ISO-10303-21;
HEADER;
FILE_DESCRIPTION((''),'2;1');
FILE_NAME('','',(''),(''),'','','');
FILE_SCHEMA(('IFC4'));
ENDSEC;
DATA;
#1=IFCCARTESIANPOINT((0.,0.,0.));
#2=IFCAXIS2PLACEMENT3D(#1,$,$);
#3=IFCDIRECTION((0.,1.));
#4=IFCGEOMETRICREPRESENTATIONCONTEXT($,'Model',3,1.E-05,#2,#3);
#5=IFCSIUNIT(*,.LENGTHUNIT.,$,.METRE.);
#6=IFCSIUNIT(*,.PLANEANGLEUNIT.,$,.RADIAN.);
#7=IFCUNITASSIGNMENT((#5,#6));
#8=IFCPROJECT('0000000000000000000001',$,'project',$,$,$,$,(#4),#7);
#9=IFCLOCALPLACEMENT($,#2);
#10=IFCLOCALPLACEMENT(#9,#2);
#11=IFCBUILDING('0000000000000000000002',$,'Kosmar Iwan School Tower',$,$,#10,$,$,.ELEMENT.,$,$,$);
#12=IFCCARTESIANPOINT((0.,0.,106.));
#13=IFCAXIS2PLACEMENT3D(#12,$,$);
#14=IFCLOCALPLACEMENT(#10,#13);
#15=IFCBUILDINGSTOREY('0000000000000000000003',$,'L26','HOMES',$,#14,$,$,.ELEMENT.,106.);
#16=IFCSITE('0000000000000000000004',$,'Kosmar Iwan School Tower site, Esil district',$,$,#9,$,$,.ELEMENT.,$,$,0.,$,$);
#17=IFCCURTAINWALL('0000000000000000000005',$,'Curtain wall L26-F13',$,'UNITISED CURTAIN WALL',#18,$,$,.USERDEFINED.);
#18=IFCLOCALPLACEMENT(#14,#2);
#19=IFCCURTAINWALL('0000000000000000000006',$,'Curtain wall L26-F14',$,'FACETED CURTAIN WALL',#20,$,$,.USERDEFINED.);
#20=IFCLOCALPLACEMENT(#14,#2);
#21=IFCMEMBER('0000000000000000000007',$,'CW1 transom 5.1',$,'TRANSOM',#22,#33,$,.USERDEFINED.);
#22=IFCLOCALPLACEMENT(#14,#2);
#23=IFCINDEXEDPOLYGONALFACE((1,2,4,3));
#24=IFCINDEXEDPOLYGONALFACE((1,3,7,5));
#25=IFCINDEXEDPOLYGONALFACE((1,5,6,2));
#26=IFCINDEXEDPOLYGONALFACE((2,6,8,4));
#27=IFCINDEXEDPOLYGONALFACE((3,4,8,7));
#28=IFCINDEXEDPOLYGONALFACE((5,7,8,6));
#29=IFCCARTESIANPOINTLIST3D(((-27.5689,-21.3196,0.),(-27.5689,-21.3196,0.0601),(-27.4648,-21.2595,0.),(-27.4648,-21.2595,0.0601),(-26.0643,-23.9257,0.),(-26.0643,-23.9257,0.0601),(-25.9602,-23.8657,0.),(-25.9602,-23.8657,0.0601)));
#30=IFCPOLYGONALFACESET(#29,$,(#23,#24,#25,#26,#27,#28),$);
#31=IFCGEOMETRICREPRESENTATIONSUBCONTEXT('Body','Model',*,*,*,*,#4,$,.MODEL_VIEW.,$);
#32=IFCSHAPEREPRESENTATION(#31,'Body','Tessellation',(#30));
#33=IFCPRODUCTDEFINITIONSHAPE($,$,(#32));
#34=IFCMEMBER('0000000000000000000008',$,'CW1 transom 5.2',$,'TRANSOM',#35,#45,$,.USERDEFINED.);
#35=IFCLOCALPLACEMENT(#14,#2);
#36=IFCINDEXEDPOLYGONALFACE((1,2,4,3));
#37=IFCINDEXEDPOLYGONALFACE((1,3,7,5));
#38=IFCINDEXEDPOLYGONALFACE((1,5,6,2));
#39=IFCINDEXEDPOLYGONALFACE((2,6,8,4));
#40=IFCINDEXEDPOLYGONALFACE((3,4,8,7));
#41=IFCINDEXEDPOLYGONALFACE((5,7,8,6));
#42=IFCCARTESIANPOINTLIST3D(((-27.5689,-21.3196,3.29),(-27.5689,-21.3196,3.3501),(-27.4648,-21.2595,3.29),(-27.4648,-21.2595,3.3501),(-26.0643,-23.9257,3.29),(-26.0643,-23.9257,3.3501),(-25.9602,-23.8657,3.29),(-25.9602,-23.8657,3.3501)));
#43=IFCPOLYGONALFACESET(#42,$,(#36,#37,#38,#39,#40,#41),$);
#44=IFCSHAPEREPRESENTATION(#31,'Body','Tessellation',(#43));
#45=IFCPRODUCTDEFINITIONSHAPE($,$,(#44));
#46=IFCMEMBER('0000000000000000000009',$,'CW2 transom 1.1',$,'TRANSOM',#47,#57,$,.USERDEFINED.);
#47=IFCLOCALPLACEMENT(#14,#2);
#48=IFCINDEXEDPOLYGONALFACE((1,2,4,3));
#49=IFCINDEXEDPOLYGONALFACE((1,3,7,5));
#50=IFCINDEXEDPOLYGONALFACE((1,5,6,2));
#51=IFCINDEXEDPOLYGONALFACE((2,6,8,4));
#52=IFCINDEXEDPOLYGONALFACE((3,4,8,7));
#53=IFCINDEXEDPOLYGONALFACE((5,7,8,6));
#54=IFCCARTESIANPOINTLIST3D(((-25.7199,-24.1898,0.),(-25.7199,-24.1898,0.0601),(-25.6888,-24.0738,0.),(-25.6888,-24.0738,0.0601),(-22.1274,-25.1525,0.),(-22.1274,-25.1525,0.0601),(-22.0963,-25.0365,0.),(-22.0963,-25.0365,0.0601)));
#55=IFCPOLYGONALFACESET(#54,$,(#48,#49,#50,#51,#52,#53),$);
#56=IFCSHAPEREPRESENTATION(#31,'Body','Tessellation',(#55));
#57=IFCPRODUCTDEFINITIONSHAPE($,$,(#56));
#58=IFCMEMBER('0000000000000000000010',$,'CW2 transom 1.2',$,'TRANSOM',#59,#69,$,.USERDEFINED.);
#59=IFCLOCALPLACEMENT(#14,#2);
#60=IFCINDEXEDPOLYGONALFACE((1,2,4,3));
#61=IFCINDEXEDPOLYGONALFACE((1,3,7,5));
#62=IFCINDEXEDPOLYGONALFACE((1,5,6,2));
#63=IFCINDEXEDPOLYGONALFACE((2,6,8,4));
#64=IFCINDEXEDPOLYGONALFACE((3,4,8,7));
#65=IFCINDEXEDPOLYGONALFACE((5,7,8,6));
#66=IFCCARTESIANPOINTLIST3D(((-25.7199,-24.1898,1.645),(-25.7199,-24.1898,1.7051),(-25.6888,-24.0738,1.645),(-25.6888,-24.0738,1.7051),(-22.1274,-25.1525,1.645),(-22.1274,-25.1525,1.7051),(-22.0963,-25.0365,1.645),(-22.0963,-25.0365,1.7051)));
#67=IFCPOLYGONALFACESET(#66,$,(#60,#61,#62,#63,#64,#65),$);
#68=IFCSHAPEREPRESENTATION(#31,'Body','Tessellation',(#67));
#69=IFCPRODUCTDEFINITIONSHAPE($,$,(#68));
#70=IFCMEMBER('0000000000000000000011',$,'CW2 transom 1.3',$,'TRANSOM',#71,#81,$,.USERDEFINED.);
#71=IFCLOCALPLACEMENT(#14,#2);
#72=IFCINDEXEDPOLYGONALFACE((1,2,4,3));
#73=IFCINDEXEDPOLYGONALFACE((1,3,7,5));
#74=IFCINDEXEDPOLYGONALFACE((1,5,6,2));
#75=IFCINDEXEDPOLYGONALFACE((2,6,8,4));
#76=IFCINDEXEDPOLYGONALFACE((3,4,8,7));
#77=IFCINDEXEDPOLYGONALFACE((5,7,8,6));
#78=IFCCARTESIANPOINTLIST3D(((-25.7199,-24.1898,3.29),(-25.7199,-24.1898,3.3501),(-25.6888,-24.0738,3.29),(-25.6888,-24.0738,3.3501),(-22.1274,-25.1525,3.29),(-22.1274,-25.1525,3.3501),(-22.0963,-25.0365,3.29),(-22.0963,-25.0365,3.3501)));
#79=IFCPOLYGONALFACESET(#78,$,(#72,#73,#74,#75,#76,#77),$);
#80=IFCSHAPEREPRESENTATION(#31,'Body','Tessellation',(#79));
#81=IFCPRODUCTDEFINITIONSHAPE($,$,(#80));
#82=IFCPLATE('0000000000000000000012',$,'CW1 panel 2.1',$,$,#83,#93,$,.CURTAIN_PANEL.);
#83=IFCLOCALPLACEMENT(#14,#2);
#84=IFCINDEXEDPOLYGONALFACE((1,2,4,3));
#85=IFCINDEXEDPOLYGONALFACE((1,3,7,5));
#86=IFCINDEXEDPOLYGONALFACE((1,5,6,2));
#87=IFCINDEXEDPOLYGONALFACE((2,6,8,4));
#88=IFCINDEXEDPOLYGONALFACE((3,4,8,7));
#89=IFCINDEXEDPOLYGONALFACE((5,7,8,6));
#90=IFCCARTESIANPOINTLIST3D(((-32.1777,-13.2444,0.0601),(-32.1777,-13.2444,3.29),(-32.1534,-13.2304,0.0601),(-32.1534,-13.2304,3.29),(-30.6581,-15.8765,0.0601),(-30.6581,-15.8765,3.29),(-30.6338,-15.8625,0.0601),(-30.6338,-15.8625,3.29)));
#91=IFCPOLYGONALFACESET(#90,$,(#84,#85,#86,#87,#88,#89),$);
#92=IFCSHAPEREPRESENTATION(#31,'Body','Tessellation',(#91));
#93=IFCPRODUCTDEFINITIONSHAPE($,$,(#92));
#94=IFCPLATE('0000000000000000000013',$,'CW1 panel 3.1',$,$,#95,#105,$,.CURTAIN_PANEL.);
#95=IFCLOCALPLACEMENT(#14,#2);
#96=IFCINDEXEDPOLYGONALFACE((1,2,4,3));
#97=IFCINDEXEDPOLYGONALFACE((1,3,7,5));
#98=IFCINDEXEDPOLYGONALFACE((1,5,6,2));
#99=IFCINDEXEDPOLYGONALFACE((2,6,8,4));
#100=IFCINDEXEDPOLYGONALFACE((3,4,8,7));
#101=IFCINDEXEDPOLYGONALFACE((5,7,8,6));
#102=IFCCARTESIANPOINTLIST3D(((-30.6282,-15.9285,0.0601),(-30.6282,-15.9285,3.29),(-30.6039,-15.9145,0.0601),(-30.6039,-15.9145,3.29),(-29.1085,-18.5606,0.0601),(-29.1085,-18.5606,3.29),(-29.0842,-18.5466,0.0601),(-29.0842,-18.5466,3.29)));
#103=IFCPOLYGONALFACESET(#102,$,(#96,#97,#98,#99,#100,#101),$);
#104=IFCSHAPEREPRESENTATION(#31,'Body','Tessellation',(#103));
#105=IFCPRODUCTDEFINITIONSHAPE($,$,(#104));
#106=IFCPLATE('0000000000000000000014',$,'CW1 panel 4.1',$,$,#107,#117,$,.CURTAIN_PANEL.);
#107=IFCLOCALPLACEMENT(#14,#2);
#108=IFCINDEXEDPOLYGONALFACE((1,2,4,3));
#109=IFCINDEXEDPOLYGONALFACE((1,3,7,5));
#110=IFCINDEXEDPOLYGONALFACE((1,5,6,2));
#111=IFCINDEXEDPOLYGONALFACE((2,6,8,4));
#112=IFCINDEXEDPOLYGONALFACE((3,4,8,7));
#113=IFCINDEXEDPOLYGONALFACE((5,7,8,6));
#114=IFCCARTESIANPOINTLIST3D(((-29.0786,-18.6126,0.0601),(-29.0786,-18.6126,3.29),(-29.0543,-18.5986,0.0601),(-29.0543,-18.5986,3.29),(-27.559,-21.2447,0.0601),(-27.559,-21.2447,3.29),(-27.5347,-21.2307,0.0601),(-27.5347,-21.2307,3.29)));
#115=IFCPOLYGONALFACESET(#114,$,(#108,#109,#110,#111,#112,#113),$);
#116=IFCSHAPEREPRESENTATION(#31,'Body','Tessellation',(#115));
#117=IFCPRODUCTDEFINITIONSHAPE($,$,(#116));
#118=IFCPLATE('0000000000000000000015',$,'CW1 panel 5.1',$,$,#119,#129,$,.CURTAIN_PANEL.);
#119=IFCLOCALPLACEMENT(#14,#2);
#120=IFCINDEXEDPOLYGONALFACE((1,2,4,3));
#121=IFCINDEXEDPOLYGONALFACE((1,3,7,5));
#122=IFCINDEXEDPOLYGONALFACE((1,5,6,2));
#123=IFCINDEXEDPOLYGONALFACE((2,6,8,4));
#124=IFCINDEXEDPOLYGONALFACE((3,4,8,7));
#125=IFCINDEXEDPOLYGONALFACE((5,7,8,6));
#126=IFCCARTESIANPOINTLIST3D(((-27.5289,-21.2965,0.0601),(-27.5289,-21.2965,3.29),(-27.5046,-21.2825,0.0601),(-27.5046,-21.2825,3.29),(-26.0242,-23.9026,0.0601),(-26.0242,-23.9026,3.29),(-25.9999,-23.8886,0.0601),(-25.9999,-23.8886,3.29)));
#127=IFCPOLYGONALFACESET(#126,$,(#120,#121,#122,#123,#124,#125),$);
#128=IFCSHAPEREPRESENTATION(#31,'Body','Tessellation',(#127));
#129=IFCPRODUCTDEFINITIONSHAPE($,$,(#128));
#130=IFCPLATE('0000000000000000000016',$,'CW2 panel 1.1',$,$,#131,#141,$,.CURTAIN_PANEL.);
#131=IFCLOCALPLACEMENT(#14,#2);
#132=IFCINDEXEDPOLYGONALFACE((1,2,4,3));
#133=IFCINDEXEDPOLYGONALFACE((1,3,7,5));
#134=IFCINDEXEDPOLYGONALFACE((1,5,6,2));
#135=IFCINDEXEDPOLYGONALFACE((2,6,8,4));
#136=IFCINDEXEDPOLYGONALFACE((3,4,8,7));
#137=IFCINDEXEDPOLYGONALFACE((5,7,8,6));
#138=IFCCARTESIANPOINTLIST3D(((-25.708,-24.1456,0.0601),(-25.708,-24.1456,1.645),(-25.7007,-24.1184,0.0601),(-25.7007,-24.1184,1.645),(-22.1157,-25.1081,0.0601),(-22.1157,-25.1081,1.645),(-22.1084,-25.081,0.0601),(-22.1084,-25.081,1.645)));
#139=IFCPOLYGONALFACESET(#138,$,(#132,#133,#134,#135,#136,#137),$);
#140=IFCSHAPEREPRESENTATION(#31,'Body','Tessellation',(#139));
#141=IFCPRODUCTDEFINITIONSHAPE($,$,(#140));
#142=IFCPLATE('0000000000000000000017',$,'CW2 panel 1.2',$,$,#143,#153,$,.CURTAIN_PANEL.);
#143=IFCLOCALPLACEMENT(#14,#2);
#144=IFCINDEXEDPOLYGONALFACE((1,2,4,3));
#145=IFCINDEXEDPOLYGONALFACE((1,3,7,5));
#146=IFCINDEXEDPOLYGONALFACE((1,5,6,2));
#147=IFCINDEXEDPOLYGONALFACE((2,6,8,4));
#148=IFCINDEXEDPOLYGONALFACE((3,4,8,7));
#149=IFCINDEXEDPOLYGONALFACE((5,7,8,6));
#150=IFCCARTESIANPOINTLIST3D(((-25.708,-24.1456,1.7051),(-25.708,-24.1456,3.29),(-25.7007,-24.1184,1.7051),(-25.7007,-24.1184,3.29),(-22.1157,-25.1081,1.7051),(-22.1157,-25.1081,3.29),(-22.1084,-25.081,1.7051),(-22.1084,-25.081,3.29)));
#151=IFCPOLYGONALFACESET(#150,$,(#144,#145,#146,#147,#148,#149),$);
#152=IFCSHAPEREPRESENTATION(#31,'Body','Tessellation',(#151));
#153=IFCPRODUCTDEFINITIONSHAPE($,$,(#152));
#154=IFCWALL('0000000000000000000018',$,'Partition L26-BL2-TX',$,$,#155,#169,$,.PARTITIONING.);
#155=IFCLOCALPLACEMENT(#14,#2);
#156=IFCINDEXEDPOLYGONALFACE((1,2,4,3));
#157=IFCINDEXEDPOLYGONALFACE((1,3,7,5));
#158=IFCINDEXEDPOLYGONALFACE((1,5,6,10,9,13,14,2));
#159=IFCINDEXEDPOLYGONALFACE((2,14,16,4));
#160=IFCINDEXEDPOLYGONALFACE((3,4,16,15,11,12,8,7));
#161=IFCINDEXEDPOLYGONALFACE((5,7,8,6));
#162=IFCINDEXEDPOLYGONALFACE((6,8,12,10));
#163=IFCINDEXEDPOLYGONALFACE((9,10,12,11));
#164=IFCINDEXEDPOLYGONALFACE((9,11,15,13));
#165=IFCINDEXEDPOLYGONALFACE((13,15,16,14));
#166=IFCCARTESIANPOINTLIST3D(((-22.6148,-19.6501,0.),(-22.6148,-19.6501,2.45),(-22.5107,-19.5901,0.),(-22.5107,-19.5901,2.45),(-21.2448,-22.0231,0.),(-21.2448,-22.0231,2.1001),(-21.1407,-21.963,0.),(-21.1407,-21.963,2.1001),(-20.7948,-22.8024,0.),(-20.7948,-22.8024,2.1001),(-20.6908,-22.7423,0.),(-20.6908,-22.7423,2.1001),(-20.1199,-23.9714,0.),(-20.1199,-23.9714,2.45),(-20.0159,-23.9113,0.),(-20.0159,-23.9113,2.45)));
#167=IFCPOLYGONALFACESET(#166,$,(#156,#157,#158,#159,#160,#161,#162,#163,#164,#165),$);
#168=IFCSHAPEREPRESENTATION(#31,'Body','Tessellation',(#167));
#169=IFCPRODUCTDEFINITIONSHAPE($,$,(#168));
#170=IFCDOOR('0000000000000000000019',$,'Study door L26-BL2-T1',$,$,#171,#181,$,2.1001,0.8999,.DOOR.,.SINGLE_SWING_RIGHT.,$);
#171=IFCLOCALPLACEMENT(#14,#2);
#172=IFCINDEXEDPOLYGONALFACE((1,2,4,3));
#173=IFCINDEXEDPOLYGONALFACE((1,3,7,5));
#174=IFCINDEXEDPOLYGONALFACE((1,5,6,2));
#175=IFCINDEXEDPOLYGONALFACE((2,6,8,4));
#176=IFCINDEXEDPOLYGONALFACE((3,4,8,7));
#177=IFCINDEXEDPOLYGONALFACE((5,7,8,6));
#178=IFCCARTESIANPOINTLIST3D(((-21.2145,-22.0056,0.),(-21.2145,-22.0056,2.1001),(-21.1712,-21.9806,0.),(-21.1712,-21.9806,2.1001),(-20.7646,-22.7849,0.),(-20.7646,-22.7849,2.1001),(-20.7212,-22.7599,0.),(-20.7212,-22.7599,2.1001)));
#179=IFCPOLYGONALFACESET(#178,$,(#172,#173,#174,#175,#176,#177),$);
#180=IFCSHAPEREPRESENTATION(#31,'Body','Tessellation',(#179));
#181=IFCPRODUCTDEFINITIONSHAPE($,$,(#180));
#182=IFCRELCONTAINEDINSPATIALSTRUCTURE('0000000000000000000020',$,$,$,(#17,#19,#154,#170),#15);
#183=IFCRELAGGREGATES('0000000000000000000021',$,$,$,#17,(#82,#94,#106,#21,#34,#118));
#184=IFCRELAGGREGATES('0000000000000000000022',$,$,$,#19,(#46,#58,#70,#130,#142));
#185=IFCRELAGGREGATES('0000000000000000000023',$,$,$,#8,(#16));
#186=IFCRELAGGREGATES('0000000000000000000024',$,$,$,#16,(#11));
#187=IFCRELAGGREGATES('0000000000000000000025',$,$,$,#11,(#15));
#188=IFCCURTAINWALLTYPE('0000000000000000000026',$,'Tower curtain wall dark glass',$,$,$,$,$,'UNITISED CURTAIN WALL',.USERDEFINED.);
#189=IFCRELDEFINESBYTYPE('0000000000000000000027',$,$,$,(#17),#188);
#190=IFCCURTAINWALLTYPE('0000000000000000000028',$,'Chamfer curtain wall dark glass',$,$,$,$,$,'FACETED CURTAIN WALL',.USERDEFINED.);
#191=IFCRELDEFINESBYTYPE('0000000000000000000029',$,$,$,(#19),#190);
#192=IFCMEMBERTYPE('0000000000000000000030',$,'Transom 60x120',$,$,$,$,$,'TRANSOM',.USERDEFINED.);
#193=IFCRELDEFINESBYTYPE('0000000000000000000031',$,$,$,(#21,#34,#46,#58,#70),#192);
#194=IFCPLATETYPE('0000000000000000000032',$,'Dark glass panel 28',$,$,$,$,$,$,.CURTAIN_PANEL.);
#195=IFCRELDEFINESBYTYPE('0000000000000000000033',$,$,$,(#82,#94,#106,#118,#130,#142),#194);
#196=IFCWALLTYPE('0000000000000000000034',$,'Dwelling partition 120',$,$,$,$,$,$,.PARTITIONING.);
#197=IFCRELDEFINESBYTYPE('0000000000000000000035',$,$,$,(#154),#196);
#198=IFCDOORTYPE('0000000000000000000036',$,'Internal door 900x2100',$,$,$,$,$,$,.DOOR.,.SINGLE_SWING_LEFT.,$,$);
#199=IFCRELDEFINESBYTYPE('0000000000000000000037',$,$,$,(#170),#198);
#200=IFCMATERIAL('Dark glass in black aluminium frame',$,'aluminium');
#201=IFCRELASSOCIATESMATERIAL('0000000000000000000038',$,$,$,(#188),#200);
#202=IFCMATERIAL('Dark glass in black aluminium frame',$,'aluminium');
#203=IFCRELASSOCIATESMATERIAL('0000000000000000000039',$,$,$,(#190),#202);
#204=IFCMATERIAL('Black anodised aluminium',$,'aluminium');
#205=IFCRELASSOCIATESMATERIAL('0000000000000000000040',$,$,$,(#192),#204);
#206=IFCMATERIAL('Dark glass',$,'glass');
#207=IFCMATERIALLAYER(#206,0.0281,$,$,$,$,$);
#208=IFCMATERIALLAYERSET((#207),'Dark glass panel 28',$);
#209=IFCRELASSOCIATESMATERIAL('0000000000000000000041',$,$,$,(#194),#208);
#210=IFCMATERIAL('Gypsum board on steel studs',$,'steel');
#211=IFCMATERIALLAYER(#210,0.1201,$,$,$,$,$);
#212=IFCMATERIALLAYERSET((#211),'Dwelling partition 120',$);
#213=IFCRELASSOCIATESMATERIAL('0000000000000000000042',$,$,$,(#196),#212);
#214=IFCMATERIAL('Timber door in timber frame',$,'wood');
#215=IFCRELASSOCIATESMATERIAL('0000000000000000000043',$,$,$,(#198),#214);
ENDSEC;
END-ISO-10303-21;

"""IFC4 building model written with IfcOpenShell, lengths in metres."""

from ifc_helpers import new_model, si_unit, direction, frame, frame_2d, origin, origin_2d, place, context, subcontext, project, spatial, rectangle, extrude, material, layer, layer_set, material_profile, profile_set, type_object, element, fill, aggregate, save


model = new_model("IFC4")

# Units and contexts
model_context = context("Model", 3, precision=1e-05, world=origin(), true_north=direction((0.0, 1.0)))
body_context = subcontext(model_context, "Body", "Model", "MODEL_VIEW")
ifc_project = project(units=[si_unit("LENGTHUNIT", "METRE"), si_unit("PLANEANGLEUNIT", "RADIAN")], contexts=[model_context])

# Site, building, storey
site_placement = place(None, origin())
site = spatial("IfcSite", under=ifc_project, at=site_placement, Name="Kosmar Iwan School Tower site, Esil district", CompositionType="ELEMENT", RefElevation=0.0)
building_placement = place(site_placement, origin())
building = spatial("IfcBuilding", under=site, at=building_placement, Name="Kosmar Iwan School Tower", CompositionType="ELEMENT")
storey_placement = place(building_placement, frame((0.0, 0.0, 106.0)))
storey = spatial("IfcBuildingStorey", under=building, at=storey_placement, Name="L26", Description="HOMES", CompositionType="ELEMENT", Elevation=106.0)

# Curtain wall
ifc_material_1 = material(Name="Dark glass in black aluminium frame", Category="aluminium")
curtain_wall_type_1 = type_object("IfcCurtainWallType", Name="Tower curtain wall dark glass", ElementType="UNITISED CURTAIN WALL", PredefinedType="USERDEFINED", material=ifc_material_1)
curtain_wall_1_placement = place(storey_placement, origin())
curtain_wall_1 = element("IfcCurtainWall", 1, at=curtain_wall_1_placement, inside=storey, type_object=curtain_wall_type_1, Name="Curtain wall L26-F13", ObjectType="UNITISED CURTAIN WALL", PredefinedType="USERDEFINED")

# Curtain wall
ifc_material_2 = material(Name="Dark glass in black aluminium frame", Category="aluminium")
curtain_wall_type_2 = type_object("IfcCurtainWallType", Name="Chamfer curtain wall dark glass", ElementType="FACETED CURTAIN WALL", PredefinedType="USERDEFINED", material=ifc_material_2)
curtain_wall_2_placement = place(storey_placement, origin())
curtain_wall_2 = element("IfcCurtainWall", 2, at=curtain_wall_2_placement, inside=storey, type_object=curtain_wall_type_2, Name="Curtain wall L26-F14", ObjectType="FACETED CURTAIN WALL", PredefinedType="USERDEFINED")

# Members
ifc_material_3 = material(Name="Black anodised aluminium", Category="aluminium")
ifc_material_profile_1 = material_profile(ifc_material_3, rectangle(XDim=0.1201, YDim=0.0601, at=origin_2d()), Name="TRANSOM 60x120")
ifc_profile_set_1 = profile_set([ifc_material_profile_1], Name="Black anodised aluminium")
member_type_1 = type_object("IfcMemberType", Name="Transom 60x120", ElementType="TRANSOM", PredefinedType="USERDEFINED", material=ifc_profile_set_1)
member_1_placement = place(storey_placement, frame((-27.5168, -21.2896, 0.03), z_axis=(0.499987, -0.866033, 0.0), x_axis=(0.866033, 0.499987, 0.0)))
member_1 = element("IfcMember", 3, at=member_1_placement, type_object=member_type_1, Name="CW1 transom 5.1", ObjectType="TRANSOM", PredefinedType="USERDEFINED", context=body_context, shape_type="SweptSolid", body=[
    extrude(rectangle(XDim=0.1201, YDim=0.0601, at=origin_2d()), origin(), (0.0, 0.0, 1.0), 3.0093),
])
member_2_placement = place(storey_placement, frame((-27.5168, -21.2896, 3.3201), z_axis=(0.499987, -0.866033, 0.0), x_axis=(0.866033, 0.499987, 0.0)))
member_2 = element("IfcMember", 4, at=member_2_placement, type_object=member_type_1, Name="CW1 transom 5.2", ObjectType="TRANSOM", PredefinedType="USERDEFINED", context=body_context, shape_type="SweptSolid", body=[
    extrude(rectangle(XDim=0.1201, YDim=0.0601, at=origin_2d()), origin(), (0.0, 0.0, 1.0), 3.0093),
])
member_3_placement = place(storey_placement, frame((-25.7043, -24.1318, 0.03), z_axis=(0.965924, -0.258827, 0.0), x_axis=(0.258827, 0.965924, 0.0)))
member_3 = element("IfcMember", 5, at=member_3_placement, type_object=member_type_1, Name="CW2 transom 1.1", ObjectType="TRANSOM", PredefinedType="USERDEFINED", context=body_context, shape_type="SweptSolid", body=[
    extrude(rectangle(XDim=0.1201, YDim=0.0601, at=origin_2d()), origin(), (0.0, 0.0, 1.0), 3.7192),
])
member_4_placement = place(storey_placement, frame((-25.7043, -24.1318, 1.675), z_axis=(0.965924, -0.258827, 0.0), x_axis=(0.258827, 0.965924, 0.0)))
member_4 = element("IfcMember", 6, at=member_4_placement, type_object=member_type_1, Name="CW2 transom 1.2", ObjectType="TRANSOM", PredefinedType="USERDEFINED", context=body_context, shape_type="SweptSolid", body=[
    extrude(rectangle(XDim=0.1201, YDim=0.0601, at=origin_2d()), origin(), (0.0, 0.0, 1.0), 3.7192),
])
member_5_placement = place(storey_placement, frame((-25.7043, -24.1318, 3.3201), z_axis=(0.965924, -0.258827, 0.0), x_axis=(0.258827, 0.965924, 0.0)))
member_5 = element("IfcMember", 7, at=member_5_placement, type_object=member_type_1, Name="CW2 transom 1.3", ObjectType="TRANSOM", PredefinedType="USERDEFINED", context=body_context, shape_type="SweptSolid", body=[
    extrude(rectangle(XDim=0.1201, YDim=0.0601, at=origin_2d()), origin(), (0.0, 0.0, 1.0), 3.7192),
])

# Plates
ifc_material_4 = material(Name="Dark glass", Category="glass")
ifc_layer_1 = layer(ifc_material_4, 0.0281)
ifc_layer_set_1 = layer_set([ifc_layer_1], Name="Dark glass panel 28")
plate_type = type_object("IfcPlateType", Name="Dark glass panel 28", PredefinedType="CURTAIN_PANEL", material=ifc_layer_set_1)
plate_1_placement = place(storey_placement, frame((-31.4058, -14.5535, 0.0601), z_axis=(0.0, 0.0, 1.0), x_axis=(0.5, -0.866025, 0.0)))
plate_1 = element("IfcPlate", 8, at=plate_1_placement, type_object=plate_type, Name="CW1 panel 2.1", PredefinedType="CURTAIN_PANEL", context=body_context, shape_type="SweptSolid", body=[
    extrude(rectangle(XDim=3.0393, YDim=0.0281, at=origin_2d()), origin(), (0.0, 0.0, 1.0), 3.23),
])
plate_2_placement = place(storey_placement, frame((-29.8562, -17.2375, 0.0601), z_axis=(0.0, 0.0, 1.0), x_axis=(0.5, -0.866025, 0.0)))
plate_2 = element("IfcPlate", 9, at=plate_2_placement, type_object=plate_type, Name="CW1 panel 3.1", PredefinedType="CURTAIN_PANEL", context=body_context, shape_type="SweptSolid", body=[
    extrude(rectangle(XDim=3.0393, YDim=0.0281, at=origin_2d()), origin(), (0.0, 0.0, 1.0), 3.23),
])
plate_3_placement = place(storey_placement, frame((-28.3066, -19.9216, 0.0601), z_axis=(0.0, 0.0, 1.0), x_axis=(0.5, -0.866025, 0.0)))
plate_3 = element("IfcPlate", 10, at=plate_3_placement, type_object=plate_type, Name="CW1 panel 4.1", PredefinedType="CURTAIN_PANEL", context=body_context, shape_type="SweptSolid", body=[
    extrude(rectangle(XDim=3.0393, YDim=0.0281, at=origin_2d()), origin(), (0.0, 0.0, 1.0), 3.23),
])
plate_4_placement = place(storey_placement, frame((-26.7644, -22.5925, 0.0601), z_axis=(0.0, 0.0, 1.0), x_axis=(0.5, -0.866025, 0.0)))
plate_4 = element("IfcPlate", 11, at=plate_4_placement, type_object=plate_type, Name="CW1 panel 5.1", PredefinedType="CURTAIN_PANEL", context=body_context, shape_type="SweptSolid", body=[
    extrude(rectangle(XDim=3.0093, YDim=0.0281, at=origin_2d()), origin(), (0.0, 0.0, 1.0), 3.23),
])
aggregate(curtain_wall_1, [plate_1, plate_2, plate_3, member_1, member_2, plate_4])
plate_5_placement = place(storey_placement, frame((-23.9082, -24.6133, 0.0601), z_axis=(0.0, 0.0, 1.0), x_axis=(0.965926, -0.258819, 0.0)))
plate_5 = element("IfcPlate", 12, at=plate_5_placement, type_object=plate_type, Name="CW2 panel 1.1", PredefinedType="CURTAIN_PANEL", context=body_context, shape_type="SweptSolid", body=[
    extrude(rectangle(XDim=3.719, YDim=0.0281, at=origin_2d()), origin(), (0.0, 0.0, 1.0), 1.585),
])
plate_6_placement = place(storey_placement, frame((-23.9082, -24.6133, 1.7051), z_axis=(0.0, 0.0, 1.0), x_axis=(0.965926, -0.258819, 0.0)))
plate_6 = element("IfcPlate", 13, at=plate_6_placement, type_object=plate_type, Name="CW2 panel 1.2", PredefinedType="CURTAIN_PANEL", context=body_context, shape_type="SweptSolid", body=[
    extrude(rectangle(XDim=3.719, YDim=0.0281, at=origin_2d()), origin(), (0.0, 0.0, 1.0), 1.585),
])
aggregate(curtain_wall_2, [member_3, member_4, member_5, plate_5, plate_6])

# Wall, opening, door
ifc_material_5 = material(Name="Gypsum board on steel studs", Category="steel")
ifc_layer_2 = layer(ifc_material_5, 0.1201)
ifc_layer_set_2 = layer_set([ifc_layer_2], Name="Dwelling partition 120")
wall_type_1 = type_object("IfcWallType", Name="Dwelling partition 120", PredefinedType="PARTITIONING", material=ifc_layer_set_2)
wall_1_placement = place(storey_placement, frame((-22.5627, -19.6201, 0.0), z_axis=(0.0, 0.0, 1.0), x_axis=(0.499996, -0.866028, 0.0)))
wall_1 = element("IfcWall", 14, at=wall_1_placement, inside=storey, type_object=wall_type_1, Name="Partition L26-BL2-TX", PredefinedType="PARTITIONING", context=body_context, shape_type="SweptSolid", body=[
    extrude(rectangle(XDim=4.9897, YDim=0.1201, at=frame_2d((2.4949, 0.0))), origin(), (0.0, 0.0, 1.0), 2.45),
])
opening_1_placement = place(wall_1_placement, frame((2.74, 0.0, 0.0)))
opening_1 = element("IfcOpeningElement", 15, at=opening_1_placement, cuts=wall_1, PredefinedType="OPENING", context=body_context, shape_type="SweptSolid", body=[
    extrude(rectangle(XDim=0.8999, YDim=2.1001, at=frame_2d((0.45, 1.05))), frame((0.0, 0.072, 0.0), z_axis=(0.0, -1.0, 0.0), x_axis=(1.0, 0.0, 0.0)), (0.0, 0.0, 1.0), 0.144),
])
ifc_material_6 = material(Name="Timber door in timber frame", Category="wood")
door_type_1 = type_object("IfcDoorType", Name="Internal door 900x2100", OperationType="SINGLE_SWING_LEFT", PredefinedType="DOOR", material=ifc_material_6)
door_1_placement = place(opening_1_placement, origin())
door_1 = element("IfcDoor", 16, at=door_1_placement, inside=storey, type_object=door_type_1, Name="Study door L26-BL2-T1", OperationType="SINGLE_SWING_RIGHT", OverallHeight=2.1001, OverallWidth=0.8999, PredefinedType="DOOR", context=body_context, shape_type="SweptSolid", body=[
    extrude(rectangle(XDim=0.8999, YDim=2.1001, at=frame_2d((0.45, 1.05))), frame((0.0, 0.0249, 0.0), z_axis=(0.0, -1.0, 0.0), x_axis=(1.0, 0.0, 0.0)), (0.0, 0.0, 1.0), 0.05),
])
fill(opening_1, door_1)

save(model, "model.ifc")
